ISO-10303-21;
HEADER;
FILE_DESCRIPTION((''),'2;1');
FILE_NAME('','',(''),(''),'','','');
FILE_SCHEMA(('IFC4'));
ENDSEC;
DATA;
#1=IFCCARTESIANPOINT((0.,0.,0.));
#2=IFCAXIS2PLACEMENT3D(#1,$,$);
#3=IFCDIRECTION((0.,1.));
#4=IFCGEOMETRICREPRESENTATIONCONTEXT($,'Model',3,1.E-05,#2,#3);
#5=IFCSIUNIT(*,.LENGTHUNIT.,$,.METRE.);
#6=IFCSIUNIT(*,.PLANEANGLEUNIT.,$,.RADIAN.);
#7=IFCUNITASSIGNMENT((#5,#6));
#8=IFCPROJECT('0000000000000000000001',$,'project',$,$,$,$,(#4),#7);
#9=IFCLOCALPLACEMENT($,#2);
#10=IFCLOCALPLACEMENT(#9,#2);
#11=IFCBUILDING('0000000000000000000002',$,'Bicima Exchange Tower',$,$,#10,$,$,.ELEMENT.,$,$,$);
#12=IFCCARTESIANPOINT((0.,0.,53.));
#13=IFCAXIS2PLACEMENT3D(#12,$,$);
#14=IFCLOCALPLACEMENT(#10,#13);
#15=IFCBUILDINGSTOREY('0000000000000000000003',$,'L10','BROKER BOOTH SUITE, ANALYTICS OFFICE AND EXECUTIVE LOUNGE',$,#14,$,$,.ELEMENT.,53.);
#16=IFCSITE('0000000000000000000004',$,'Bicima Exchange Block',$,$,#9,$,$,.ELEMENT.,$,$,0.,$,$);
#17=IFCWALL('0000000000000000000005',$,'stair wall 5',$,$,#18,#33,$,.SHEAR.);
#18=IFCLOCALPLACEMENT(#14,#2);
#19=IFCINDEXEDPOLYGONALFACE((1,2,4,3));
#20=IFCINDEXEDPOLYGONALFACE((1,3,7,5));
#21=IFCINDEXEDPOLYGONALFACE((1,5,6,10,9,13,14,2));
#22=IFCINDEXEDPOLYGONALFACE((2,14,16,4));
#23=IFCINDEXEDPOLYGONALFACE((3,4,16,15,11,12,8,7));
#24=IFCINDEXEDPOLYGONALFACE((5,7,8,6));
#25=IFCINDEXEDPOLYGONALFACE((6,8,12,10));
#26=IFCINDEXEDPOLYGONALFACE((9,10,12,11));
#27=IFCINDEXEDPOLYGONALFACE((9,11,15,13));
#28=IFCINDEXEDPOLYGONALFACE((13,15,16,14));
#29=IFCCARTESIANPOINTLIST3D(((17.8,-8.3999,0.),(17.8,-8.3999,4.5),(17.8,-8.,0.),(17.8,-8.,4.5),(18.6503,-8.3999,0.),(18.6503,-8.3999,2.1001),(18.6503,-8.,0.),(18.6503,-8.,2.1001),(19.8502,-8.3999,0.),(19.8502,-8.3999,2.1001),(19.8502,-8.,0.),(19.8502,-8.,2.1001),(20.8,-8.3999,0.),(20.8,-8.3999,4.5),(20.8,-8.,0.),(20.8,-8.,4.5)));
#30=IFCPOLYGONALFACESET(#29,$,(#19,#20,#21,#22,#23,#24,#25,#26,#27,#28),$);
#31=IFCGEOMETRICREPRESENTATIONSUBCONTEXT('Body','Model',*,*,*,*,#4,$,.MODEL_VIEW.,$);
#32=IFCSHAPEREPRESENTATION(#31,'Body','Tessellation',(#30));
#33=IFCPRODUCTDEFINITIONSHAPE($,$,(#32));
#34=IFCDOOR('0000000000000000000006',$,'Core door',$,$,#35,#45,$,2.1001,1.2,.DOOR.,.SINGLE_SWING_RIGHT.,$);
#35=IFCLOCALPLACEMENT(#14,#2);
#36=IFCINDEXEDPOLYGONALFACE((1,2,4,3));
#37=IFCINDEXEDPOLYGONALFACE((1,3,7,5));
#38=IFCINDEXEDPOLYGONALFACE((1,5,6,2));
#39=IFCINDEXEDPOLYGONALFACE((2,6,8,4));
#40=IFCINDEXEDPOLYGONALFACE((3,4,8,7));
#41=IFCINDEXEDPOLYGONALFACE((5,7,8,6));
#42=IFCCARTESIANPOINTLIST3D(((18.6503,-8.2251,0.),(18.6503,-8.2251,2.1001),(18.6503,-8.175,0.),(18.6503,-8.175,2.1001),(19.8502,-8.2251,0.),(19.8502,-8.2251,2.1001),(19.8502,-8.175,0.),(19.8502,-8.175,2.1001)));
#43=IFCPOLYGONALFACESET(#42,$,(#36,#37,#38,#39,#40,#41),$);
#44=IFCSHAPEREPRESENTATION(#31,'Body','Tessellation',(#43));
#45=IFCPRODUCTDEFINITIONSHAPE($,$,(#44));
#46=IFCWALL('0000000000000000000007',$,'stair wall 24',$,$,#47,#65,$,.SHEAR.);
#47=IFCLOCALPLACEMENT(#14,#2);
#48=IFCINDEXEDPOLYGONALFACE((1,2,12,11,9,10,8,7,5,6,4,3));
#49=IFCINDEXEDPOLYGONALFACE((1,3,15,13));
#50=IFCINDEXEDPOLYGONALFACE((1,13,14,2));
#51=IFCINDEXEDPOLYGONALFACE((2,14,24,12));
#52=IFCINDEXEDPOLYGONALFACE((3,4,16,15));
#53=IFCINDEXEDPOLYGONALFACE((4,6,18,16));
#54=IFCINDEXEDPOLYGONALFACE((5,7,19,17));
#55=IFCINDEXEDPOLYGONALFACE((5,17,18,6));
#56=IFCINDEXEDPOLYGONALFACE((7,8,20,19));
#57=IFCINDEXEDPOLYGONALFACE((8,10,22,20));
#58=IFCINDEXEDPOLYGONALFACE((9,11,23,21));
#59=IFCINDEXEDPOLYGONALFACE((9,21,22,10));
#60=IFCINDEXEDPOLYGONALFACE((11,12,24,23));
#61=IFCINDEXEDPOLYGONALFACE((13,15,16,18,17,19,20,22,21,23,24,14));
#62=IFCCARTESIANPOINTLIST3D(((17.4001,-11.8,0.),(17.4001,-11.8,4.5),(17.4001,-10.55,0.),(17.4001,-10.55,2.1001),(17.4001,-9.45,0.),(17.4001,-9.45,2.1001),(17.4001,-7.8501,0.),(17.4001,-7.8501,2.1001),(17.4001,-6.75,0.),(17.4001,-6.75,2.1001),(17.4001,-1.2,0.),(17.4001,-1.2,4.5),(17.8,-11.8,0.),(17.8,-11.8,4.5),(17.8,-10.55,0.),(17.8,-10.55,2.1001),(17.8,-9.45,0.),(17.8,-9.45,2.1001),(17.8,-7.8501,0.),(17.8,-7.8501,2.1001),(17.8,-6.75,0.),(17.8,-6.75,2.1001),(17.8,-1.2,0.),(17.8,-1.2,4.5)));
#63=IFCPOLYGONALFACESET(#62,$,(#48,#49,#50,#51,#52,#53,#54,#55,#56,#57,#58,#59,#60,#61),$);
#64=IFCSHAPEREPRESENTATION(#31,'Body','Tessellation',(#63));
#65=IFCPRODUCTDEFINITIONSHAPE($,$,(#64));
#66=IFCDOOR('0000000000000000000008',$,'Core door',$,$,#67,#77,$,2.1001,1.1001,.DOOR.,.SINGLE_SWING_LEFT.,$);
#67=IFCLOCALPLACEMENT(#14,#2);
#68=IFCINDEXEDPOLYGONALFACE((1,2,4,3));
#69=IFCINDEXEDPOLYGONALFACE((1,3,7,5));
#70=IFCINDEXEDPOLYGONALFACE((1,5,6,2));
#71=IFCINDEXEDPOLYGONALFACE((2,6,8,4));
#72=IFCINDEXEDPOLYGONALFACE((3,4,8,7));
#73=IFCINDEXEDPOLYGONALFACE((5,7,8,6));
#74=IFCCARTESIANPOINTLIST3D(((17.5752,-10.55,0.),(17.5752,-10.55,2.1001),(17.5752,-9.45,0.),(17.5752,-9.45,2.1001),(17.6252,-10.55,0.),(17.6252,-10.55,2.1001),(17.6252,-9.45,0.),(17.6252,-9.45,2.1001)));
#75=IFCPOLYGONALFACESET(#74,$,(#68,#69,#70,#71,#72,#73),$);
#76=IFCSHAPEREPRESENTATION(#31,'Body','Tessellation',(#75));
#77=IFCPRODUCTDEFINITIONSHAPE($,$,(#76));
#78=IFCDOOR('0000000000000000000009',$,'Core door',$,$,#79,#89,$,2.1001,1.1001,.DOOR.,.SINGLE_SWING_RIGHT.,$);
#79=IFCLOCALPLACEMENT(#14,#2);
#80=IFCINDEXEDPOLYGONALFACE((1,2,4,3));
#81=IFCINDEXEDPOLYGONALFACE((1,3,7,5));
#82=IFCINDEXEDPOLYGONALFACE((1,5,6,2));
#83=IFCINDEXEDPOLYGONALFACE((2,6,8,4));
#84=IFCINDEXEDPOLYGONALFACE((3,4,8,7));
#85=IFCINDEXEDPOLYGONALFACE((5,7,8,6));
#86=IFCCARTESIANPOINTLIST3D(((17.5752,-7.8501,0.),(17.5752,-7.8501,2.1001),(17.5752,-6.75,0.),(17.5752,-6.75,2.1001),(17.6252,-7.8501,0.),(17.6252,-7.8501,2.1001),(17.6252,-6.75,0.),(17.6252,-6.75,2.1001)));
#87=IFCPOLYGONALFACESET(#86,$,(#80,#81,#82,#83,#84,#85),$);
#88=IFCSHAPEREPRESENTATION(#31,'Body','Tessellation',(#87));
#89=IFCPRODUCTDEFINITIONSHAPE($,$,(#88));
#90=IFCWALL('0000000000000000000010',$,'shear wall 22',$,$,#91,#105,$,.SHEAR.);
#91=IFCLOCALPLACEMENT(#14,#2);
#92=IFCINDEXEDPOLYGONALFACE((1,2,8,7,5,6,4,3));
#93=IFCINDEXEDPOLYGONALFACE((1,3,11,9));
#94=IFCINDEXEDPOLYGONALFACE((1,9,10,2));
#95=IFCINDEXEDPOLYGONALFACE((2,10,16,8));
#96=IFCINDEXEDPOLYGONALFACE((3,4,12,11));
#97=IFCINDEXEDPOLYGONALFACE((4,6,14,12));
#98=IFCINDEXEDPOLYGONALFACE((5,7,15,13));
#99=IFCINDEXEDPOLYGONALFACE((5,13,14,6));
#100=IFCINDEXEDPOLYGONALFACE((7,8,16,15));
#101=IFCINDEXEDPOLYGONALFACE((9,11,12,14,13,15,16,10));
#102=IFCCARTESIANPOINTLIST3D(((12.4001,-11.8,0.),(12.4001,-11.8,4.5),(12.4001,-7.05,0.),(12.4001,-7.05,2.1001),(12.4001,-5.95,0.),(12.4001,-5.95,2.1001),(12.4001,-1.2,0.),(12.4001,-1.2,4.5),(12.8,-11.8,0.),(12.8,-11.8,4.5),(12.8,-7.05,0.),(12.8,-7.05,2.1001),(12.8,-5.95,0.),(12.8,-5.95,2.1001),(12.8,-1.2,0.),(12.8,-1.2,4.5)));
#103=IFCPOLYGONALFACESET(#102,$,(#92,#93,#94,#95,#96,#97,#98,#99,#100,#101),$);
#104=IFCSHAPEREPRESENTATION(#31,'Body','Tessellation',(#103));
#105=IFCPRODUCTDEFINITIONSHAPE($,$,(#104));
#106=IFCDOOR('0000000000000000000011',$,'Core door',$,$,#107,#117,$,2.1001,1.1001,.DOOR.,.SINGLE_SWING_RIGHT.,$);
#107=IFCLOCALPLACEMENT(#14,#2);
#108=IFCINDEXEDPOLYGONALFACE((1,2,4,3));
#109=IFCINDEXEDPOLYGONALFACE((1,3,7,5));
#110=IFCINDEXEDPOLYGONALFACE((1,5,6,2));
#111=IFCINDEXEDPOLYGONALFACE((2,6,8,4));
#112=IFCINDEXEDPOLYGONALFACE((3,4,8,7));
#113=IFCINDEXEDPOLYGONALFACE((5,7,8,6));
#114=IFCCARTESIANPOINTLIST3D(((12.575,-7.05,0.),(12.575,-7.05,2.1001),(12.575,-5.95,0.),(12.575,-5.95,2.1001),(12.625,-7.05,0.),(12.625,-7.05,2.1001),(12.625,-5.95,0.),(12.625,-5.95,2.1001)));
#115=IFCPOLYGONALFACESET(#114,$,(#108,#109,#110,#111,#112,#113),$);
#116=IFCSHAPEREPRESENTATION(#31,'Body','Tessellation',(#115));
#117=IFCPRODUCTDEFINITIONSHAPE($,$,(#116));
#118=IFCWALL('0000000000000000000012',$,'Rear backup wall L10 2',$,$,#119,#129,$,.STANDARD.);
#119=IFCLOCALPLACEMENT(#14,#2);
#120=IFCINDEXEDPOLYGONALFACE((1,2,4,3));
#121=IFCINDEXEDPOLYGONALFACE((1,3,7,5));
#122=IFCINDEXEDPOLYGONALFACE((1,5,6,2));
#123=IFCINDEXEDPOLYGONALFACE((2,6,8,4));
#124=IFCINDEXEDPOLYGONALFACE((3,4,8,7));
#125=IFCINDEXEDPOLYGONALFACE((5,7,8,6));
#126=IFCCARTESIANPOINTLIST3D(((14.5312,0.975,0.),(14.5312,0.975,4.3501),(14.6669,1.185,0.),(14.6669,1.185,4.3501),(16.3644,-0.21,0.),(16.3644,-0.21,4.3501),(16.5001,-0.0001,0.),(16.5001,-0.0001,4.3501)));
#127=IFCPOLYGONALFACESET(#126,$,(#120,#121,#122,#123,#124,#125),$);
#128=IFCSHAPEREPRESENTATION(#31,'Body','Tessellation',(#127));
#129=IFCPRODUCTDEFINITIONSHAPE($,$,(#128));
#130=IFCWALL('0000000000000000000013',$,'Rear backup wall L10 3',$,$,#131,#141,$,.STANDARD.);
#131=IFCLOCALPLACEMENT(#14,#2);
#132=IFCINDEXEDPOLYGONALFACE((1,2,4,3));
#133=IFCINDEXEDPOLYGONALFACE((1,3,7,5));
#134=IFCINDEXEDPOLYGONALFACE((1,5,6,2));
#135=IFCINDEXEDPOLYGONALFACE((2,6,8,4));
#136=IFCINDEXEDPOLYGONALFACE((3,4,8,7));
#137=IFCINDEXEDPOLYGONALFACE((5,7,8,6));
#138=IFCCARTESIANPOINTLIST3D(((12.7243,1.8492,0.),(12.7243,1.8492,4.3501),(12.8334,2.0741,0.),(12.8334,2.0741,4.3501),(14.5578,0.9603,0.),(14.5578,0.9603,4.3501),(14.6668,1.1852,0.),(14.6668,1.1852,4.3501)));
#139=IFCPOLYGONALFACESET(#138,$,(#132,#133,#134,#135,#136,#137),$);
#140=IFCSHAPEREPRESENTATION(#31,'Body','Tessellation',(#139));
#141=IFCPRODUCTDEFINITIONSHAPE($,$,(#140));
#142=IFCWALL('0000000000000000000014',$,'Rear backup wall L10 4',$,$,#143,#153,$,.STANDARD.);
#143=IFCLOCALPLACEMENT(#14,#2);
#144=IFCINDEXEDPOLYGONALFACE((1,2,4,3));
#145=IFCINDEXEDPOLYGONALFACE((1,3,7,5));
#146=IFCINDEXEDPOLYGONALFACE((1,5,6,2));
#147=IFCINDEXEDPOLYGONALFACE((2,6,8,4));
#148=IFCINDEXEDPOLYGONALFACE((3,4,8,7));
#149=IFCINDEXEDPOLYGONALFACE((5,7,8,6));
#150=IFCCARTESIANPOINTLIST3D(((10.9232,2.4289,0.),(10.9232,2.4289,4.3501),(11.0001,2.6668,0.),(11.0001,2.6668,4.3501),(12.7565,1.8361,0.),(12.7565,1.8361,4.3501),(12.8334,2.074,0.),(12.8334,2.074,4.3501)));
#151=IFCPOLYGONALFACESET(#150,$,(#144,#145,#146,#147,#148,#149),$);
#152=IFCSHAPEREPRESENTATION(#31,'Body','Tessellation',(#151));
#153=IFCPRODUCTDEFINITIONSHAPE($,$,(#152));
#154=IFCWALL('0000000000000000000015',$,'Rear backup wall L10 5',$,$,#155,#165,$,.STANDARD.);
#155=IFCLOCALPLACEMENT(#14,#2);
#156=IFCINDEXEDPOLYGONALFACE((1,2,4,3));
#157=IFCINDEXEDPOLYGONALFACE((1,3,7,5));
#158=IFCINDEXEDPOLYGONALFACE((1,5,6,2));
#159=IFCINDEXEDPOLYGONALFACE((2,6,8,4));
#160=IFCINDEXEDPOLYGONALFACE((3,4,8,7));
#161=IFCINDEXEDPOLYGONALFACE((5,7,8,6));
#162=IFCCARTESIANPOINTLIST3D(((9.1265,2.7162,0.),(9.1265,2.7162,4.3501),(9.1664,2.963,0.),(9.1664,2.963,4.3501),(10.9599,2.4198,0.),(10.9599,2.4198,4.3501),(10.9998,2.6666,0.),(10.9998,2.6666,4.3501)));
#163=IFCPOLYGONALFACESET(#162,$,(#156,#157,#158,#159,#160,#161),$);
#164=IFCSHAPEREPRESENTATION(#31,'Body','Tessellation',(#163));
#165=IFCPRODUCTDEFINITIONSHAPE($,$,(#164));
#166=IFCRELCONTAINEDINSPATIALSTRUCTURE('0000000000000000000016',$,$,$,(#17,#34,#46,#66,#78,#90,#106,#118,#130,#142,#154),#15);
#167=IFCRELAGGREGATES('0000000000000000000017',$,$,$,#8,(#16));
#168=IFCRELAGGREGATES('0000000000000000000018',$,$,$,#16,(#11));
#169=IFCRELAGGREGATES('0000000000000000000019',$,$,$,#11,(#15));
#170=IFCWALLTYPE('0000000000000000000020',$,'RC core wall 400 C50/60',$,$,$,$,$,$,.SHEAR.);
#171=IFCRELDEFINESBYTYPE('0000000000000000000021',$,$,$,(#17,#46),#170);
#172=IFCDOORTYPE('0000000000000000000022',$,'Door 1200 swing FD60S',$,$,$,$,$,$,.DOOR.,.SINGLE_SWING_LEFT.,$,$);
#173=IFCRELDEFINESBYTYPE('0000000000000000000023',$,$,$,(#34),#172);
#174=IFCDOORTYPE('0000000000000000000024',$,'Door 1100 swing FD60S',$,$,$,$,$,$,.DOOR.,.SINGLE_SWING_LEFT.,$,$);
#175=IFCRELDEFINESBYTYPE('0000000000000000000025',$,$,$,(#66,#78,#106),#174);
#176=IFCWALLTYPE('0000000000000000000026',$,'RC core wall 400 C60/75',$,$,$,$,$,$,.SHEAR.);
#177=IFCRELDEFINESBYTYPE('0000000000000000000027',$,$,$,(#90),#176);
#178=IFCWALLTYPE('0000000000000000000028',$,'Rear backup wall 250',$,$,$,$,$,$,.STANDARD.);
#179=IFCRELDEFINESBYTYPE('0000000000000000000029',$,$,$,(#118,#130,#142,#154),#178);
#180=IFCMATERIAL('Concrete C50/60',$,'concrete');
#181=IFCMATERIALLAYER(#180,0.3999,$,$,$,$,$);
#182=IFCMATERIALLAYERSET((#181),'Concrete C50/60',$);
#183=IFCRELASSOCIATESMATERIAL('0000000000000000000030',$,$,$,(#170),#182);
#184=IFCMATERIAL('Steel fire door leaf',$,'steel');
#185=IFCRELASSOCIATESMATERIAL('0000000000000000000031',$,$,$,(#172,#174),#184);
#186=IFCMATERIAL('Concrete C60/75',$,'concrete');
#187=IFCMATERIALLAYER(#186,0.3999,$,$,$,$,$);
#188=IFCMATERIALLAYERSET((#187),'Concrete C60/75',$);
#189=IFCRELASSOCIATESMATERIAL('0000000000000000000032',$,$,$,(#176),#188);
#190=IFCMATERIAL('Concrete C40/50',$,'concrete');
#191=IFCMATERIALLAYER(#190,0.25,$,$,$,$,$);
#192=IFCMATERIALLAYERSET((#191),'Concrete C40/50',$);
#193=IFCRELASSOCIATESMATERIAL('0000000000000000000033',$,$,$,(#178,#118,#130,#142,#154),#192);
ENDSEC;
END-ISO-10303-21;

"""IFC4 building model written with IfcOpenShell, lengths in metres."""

from ifc_helpers import new_model, si_unit, direction, frame, frame_2d, origin, place, context, subcontext, project, spatial, rectangle, extrude, material, layer, layer_set, layer_usage, type_object, element, fill, save


model = new_model("IFC4")

# Units and contexts
model_context = context("Model", 3, precision=1e-05, world=origin(), true_north=direction((0.0, 1.0)))
body_context = subcontext(model_context, "Body", "Model", "MODEL_VIEW")
ifc_project = project(units=[si_unit("LENGTHUNIT", "METRE"), si_unit("PLANEANGLEUNIT", "RADIAN")], contexts=[model_context])

# Site, building, storey
site_placement = place(None, origin())
site = spatial("IfcSite", under=ifc_project, at=site_placement, Name="Bicima Exchange Block", CompositionType="ELEMENT", RefElevation=0.0)
building_placement = place(site_placement, origin())
building = spatial("IfcBuilding", under=site, at=building_placement, Name="Bicima Exchange Tower", CompositionType="ELEMENT")
storey_placement = place(building_placement, frame((0.0, 0.0, 53.0)))
storey = spatial("IfcBuildingStorey", under=building, at=storey_placement, Name="L10", Description="BROKER BOOTH SUITE, ANALYTICS OFFICE AND EXECUTIVE LOUNGE", CompositionType="ELEMENT", Elevation=53.0)

# Wall, opening, door
ifc_material_1 = material(Name="Concrete C50/60", Category="concrete")
ifc_layer_1 = layer(ifc_material_1, 0.3999)
ifc_layer_set_1 = layer_set([ifc_layer_1], Name="Concrete C50/60")
wall_type_1 = type_object("IfcWallType", Name="RC core wall 400 C50/60", PredefinedType="SHEAR", material=ifc_layer_set_1)
wall_1_placement = place(storey_placement, frame((17.8, -8.2, 0.0), z_axis=(0.0, 0.0, 1.0), x_axis=(1.0, 0.0, 0.0)))
wall_1 = element("IfcWall", 1, at=wall_1_placement, inside=storey, type_object=wall_type_1, Name="stair wall 5", PredefinedType="SHEAR", context=body_context, shape_type="SweptSolid", body=[
    extrude(rectangle(XDim=3.0, YDim=0.3999, at=frame_2d((1.5, 0.0))), origin(), (0.0, 0.0, 1.0), 4.5),
])
opening_1_placement = place(wall_1_placement, frame((0.8501, 0.0, 0.0)))
opening_1 = element("IfcOpeningElement", 2, at=opening_1_placement, cuts=wall_1, PredefinedType="OPENING", context=body_context, shape_type="SweptSolid", body=[
    extrude(rectangle(XDim=1.2, YDim=2.1001, at=frame_2d((0.6001, 1.05))), frame((0.0, 0.2119, 0.0), z_axis=(0.0, -1.0, 0.0), x_axis=(1.0, 0.0, 0.0)), (0.0, 0.0, 1.0), 0.4238),
])
ifc_material_2 = material(Name="Steel fire door leaf", Category="steel")
door_type_1 = type_object("IfcDoorType", Name="Door 1200 swing FD60S", OperationType="SINGLE_SWING_LEFT", PredefinedType="DOOR", material=ifc_material_2)
door_1_placement = place(opening_1_placement, origin())
door_1 = element("IfcDoor", 3, at=door_1_placement, inside=storey, type_object=door_type_1, Name="Core door", OperationType="SINGLE_SWING_RIGHT", OverallHeight=2.1001, OverallWidth=1.2, PredefinedType="DOOR", context=body_context, shape_type="SweptSolid", body=[
    extrude(rectangle(XDim=1.2, YDim=2.1001, at=frame_2d((0.6001, 1.05))), frame((0.0, 0.0249, 0.0), z_axis=(0.0, -1.0, 0.0), x_axis=(1.0, 0.0, 0.0)), (0.0, 0.0, 1.0), 0.05),
])
fill(opening_1, door_1)

# Wall, openings, doors
wall_2_placement = place(storey_placement, frame((17.6001, -11.8, 0.0), z_axis=(0.0, 0.0, 1.0), x_axis=(0.0, 1.0, 0.0)))
wall_2 = element("IfcWall", 4, at=wall_2_placement, inside=storey, type_object=wall_type_1, Name="stair wall 24", PredefinedType="SHEAR", context=body_context, shape_type="SweptSolid", body=[
    extrude(rectangle(XDim=10.6001, YDim=0.3999, at=frame_2d((5.3, 0.0))), origin(), (0.0, 0.0, 1.0), 4.5),
])
opening_2_placement = place(wall_2_placement, frame((1.25, 0.0, 0.0)))
opening_2 = element("IfcOpeningElement", 5, at=opening_2_placement, cuts=wall_2, PredefinedType="OPENING", context=body_context, shape_type="SweptSolid", body=[
    extrude(rectangle(XDim=1.1001, YDim=2.1001, at=frame_2d((0.55, 1.05))), frame((0.0, 0.2119, 0.0), z_axis=(0.0, -1.0, 0.0), x_axis=(1.0, 0.0, 0.0)), (0.0, 0.0, 1.0), 0.4238),
])
opening_3_placement = place(wall_2_placement, frame((3.95, 0.0, 0.0)))
opening_3 = element("IfcOpeningElement", 6, at=opening_3_placement, cuts=wall_2, PredefinedType="OPENING", context=body_context, shape_type="SweptSolid", body=[
    extrude(rectangle(XDim=1.1001, YDim=2.1001, at=frame_2d((0.55, 1.05))), frame((0.0, 0.2119, 0.0), z_axis=(0.0, -1.0, 0.0), x_axis=(1.0, 0.0, 0.0)), (0.0, 0.0, 1.0), 0.4238),
])
door_type_2 = type_object("IfcDoorType", Name="Door 1100 swing FD60S", OperationType="SINGLE_SWING_LEFT", PredefinedType="DOOR", material=ifc_material_2)
door_2_placement = place(opening_2_placement, origin())
door_2 = element("IfcDoor", 7, at=door_2_placement, inside=storey, type_object=door_type_2, Name="Core door", OperationType="SINGLE_SWING_LEFT", OverallHeight=2.1001, OverallWidth=1.1001, PredefinedType="DOOR", context=body_context, shape_type="SweptSolid", body=[
    extrude(rectangle(XDim=1.1001, YDim=2.1001, at=frame_2d((0.55, 1.05))), frame((0.0, 0.0249, 0.0), z_axis=(0.0, -1.0, 0.0), x_axis=(1.0, 0.0, 0.0)), (0.0, 0.0, 1.0), 0.05),
])
fill(opening_2, door_2)
door_3_placement = place(opening_3_placement, origin())
door_3 = element("IfcDoor", 8, at=door_3_placement, inside=storey, type_object=door_type_2, Name="Core door", OperationType="SINGLE_SWING_RIGHT", OverallHeight=2.1001, OverallWidth=1.1001, PredefinedType="DOOR", context=body_context, shape_type="SweptSolid", body=[
    extrude(rectangle(XDim=1.1001, YDim=2.1001, at=frame_2d((0.55, 1.05))), frame((0.0, 0.0249, 0.0), z_axis=(0.0, -1.0, 0.0), x_axis=(1.0, 0.0, 0.0)), (0.0, 0.0, 1.0), 0.05),
])
fill(opening_3, door_3)

# Wall, opening, door
ifc_material_3 = material(Name="Concrete C60/75", Category="concrete")
ifc_layer_2 = layer(ifc_material_3, 0.3999)
ifc_layer_set_2 = layer_set([ifc_layer_2], Name="Concrete C60/75")
wall_type_2 = type_object("IfcWallType", Name="RC core wall 400 C60/75", PredefinedType="SHEAR", material=ifc_layer_set_2)
wall_3_placement = place(storey_placement, frame((12.6001, -11.8, 0.0), z_axis=(0.0, 0.0, 1.0), x_axis=(0.0, 1.0, 0.0)))
wall_3 = element("IfcWall", 9, at=wall_3_placement, inside=storey, type_object=wall_type_2, Name="shear wall 22", PredefinedType="SHEAR", context=body_context, shape_type="SweptSolid", body=[
    extrude(rectangle(XDim=10.6001, YDim=0.3999, at=frame_2d((5.3, 0.0))), origin(), (0.0, 0.0, 1.0), 4.5),
])
opening_4_placement = place(wall_3_placement, frame((4.75, 0.0, 0.0)))
opening_4 = element("IfcOpeningElement", 10, at=opening_4_placement, cuts=wall_3, PredefinedType="OPENING", context=body_context, shape_type="SweptSolid", body=[
    extrude(rectangle(XDim=1.1001, YDim=2.1001, at=frame_2d((0.55, 1.05))), frame((0.0, 0.2119, 0.0), z_axis=(0.0, -1.0, 0.0), x_axis=(1.0, 0.0, 0.0)), (0.0, 0.0, 1.0), 0.4238),
])
door_4_placement = place(opening_4_placement, frame((1.1001, 0.0, 0.0), z_axis=(0.0, 0.0, 1.0), x_axis=(-1.0, 0.0, 0.0)))
door_4 = element("IfcDoor", 11, at=door_4_placement, inside=storey, type_object=door_type_2, Name="Core door", OperationType="SINGLE_SWING_RIGHT", OverallHeight=2.1001, OverallWidth=1.1001, PredefinedType="DOOR", context=body_context, shape_type="SweptSolid", body=[
    extrude(rectangle(XDim=1.1001, YDim=2.1001, at=frame_2d((0.55, 1.05))), frame((0.0, 0.0249, 0.0), z_axis=(0.0, -1.0, 0.0), x_axis=(1.0, 0.0, 0.0)), (0.0, 0.0, 1.0), 0.05),
])
fill(opening_4, door_4)

# Walls
ifc_material_4 = material(Name="Concrete C40/50", Category="concrete")
ifc_layer_3 = layer(ifc_material_4, 0.25)
ifc_layer_set_3 = layer_set([ifc_layer_3], Name="Concrete C40/50")
ifc_layer_usage = layer_usage(ifc_layer_set_3, "AXIS2", "POSITIVE", -0.125)
wall_type_3 = type_object("IfcWallType", Name="Rear backup wall 250", PredefinedType="STANDARD", material=ifc_layer_set_3)
wall_4_placement = place(storey_placement, frame((16.4321, -0.105, 0.0), z_axis=(0.0, 0.0, 1.0), x_axis=(-0.839813, 0.542876, 0.0)))
element("IfcWall", 12, at=wall_4_placement, inside=storey, type_object=wall_type_3, material=ifc_layer_usage, Name="Rear backup wall L10 2", PredefinedType="STANDARD", context=body_context, shape_type="SweptSolid", body=[
    extrude(rectangle(XDim=2.1829, YDim=0.25, at=frame_2d((1.0913, 0.0))), origin(), (0.0, 0.0, 1.0), 4.3501),
])
wall_5_placement = place(storey_placement, frame((14.6123, 1.0728, 0.0), z_axis=(0.0, 0.0, 1.0), x_axis=(-0.899824, 0.436253, 0.0)))
element("IfcWall", 13, at=wall_5_placement, inside=storey, type_object=wall_type_3, material=ifc_layer_usage, Name="Rear backup wall L10 3", PredefinedType="STANDARD", context=body_context, shape_type="SweptSolid", body=[
    extrude(rectangle(XDim=2.0376, YDim=0.25, at=frame_2d((1.0188, 0.0))), origin(), (0.0, 0.0, 1.0), 4.3501),
])
wall_6_placement = place(storey_placement, frame((12.7949, 1.9551, 0.0), z_axis=(0.0, 0.0, 1.0), x_axis=(-0.951496, 0.307662, 0.0)))
element("IfcWall", 14, at=wall_6_placement, inside=storey, type_object=wall_type_3, material=ifc_layer_usage, Name="Rear backup wall L10 4", PredefinedType="STANDARD", context=body_context, shape_type="SweptSolid", body=[
    extrude(rectangle(XDim=1.9268, YDim=0.25, at=frame_2d((0.9634, 0.0))), origin(), (0.0, 0.0, 1.0), 4.3501),
])
wall_7_placement = place(storey_placement, frame((10.98, 2.5432, 0.0), z_axis=(0.0, 0.0, 1.0), x_axis=(-0.987182, 0.1596, 0.0)))
element("IfcWall", 15, at=wall_7_placement, inside=storey, type_object=wall_type_3, material=ifc_layer_usage, Name="Rear backup wall L10 5", PredefinedType="STANDARD", context=body_context, shape_type="SweptSolid", body=[
    extrude(rectangle(XDim=1.8572, YDim=0.25, at=frame_2d((0.9287, 0.0))), origin(), (0.0, 0.0, 1.0), 4.3501),
])

save(model, "model.ifc")
